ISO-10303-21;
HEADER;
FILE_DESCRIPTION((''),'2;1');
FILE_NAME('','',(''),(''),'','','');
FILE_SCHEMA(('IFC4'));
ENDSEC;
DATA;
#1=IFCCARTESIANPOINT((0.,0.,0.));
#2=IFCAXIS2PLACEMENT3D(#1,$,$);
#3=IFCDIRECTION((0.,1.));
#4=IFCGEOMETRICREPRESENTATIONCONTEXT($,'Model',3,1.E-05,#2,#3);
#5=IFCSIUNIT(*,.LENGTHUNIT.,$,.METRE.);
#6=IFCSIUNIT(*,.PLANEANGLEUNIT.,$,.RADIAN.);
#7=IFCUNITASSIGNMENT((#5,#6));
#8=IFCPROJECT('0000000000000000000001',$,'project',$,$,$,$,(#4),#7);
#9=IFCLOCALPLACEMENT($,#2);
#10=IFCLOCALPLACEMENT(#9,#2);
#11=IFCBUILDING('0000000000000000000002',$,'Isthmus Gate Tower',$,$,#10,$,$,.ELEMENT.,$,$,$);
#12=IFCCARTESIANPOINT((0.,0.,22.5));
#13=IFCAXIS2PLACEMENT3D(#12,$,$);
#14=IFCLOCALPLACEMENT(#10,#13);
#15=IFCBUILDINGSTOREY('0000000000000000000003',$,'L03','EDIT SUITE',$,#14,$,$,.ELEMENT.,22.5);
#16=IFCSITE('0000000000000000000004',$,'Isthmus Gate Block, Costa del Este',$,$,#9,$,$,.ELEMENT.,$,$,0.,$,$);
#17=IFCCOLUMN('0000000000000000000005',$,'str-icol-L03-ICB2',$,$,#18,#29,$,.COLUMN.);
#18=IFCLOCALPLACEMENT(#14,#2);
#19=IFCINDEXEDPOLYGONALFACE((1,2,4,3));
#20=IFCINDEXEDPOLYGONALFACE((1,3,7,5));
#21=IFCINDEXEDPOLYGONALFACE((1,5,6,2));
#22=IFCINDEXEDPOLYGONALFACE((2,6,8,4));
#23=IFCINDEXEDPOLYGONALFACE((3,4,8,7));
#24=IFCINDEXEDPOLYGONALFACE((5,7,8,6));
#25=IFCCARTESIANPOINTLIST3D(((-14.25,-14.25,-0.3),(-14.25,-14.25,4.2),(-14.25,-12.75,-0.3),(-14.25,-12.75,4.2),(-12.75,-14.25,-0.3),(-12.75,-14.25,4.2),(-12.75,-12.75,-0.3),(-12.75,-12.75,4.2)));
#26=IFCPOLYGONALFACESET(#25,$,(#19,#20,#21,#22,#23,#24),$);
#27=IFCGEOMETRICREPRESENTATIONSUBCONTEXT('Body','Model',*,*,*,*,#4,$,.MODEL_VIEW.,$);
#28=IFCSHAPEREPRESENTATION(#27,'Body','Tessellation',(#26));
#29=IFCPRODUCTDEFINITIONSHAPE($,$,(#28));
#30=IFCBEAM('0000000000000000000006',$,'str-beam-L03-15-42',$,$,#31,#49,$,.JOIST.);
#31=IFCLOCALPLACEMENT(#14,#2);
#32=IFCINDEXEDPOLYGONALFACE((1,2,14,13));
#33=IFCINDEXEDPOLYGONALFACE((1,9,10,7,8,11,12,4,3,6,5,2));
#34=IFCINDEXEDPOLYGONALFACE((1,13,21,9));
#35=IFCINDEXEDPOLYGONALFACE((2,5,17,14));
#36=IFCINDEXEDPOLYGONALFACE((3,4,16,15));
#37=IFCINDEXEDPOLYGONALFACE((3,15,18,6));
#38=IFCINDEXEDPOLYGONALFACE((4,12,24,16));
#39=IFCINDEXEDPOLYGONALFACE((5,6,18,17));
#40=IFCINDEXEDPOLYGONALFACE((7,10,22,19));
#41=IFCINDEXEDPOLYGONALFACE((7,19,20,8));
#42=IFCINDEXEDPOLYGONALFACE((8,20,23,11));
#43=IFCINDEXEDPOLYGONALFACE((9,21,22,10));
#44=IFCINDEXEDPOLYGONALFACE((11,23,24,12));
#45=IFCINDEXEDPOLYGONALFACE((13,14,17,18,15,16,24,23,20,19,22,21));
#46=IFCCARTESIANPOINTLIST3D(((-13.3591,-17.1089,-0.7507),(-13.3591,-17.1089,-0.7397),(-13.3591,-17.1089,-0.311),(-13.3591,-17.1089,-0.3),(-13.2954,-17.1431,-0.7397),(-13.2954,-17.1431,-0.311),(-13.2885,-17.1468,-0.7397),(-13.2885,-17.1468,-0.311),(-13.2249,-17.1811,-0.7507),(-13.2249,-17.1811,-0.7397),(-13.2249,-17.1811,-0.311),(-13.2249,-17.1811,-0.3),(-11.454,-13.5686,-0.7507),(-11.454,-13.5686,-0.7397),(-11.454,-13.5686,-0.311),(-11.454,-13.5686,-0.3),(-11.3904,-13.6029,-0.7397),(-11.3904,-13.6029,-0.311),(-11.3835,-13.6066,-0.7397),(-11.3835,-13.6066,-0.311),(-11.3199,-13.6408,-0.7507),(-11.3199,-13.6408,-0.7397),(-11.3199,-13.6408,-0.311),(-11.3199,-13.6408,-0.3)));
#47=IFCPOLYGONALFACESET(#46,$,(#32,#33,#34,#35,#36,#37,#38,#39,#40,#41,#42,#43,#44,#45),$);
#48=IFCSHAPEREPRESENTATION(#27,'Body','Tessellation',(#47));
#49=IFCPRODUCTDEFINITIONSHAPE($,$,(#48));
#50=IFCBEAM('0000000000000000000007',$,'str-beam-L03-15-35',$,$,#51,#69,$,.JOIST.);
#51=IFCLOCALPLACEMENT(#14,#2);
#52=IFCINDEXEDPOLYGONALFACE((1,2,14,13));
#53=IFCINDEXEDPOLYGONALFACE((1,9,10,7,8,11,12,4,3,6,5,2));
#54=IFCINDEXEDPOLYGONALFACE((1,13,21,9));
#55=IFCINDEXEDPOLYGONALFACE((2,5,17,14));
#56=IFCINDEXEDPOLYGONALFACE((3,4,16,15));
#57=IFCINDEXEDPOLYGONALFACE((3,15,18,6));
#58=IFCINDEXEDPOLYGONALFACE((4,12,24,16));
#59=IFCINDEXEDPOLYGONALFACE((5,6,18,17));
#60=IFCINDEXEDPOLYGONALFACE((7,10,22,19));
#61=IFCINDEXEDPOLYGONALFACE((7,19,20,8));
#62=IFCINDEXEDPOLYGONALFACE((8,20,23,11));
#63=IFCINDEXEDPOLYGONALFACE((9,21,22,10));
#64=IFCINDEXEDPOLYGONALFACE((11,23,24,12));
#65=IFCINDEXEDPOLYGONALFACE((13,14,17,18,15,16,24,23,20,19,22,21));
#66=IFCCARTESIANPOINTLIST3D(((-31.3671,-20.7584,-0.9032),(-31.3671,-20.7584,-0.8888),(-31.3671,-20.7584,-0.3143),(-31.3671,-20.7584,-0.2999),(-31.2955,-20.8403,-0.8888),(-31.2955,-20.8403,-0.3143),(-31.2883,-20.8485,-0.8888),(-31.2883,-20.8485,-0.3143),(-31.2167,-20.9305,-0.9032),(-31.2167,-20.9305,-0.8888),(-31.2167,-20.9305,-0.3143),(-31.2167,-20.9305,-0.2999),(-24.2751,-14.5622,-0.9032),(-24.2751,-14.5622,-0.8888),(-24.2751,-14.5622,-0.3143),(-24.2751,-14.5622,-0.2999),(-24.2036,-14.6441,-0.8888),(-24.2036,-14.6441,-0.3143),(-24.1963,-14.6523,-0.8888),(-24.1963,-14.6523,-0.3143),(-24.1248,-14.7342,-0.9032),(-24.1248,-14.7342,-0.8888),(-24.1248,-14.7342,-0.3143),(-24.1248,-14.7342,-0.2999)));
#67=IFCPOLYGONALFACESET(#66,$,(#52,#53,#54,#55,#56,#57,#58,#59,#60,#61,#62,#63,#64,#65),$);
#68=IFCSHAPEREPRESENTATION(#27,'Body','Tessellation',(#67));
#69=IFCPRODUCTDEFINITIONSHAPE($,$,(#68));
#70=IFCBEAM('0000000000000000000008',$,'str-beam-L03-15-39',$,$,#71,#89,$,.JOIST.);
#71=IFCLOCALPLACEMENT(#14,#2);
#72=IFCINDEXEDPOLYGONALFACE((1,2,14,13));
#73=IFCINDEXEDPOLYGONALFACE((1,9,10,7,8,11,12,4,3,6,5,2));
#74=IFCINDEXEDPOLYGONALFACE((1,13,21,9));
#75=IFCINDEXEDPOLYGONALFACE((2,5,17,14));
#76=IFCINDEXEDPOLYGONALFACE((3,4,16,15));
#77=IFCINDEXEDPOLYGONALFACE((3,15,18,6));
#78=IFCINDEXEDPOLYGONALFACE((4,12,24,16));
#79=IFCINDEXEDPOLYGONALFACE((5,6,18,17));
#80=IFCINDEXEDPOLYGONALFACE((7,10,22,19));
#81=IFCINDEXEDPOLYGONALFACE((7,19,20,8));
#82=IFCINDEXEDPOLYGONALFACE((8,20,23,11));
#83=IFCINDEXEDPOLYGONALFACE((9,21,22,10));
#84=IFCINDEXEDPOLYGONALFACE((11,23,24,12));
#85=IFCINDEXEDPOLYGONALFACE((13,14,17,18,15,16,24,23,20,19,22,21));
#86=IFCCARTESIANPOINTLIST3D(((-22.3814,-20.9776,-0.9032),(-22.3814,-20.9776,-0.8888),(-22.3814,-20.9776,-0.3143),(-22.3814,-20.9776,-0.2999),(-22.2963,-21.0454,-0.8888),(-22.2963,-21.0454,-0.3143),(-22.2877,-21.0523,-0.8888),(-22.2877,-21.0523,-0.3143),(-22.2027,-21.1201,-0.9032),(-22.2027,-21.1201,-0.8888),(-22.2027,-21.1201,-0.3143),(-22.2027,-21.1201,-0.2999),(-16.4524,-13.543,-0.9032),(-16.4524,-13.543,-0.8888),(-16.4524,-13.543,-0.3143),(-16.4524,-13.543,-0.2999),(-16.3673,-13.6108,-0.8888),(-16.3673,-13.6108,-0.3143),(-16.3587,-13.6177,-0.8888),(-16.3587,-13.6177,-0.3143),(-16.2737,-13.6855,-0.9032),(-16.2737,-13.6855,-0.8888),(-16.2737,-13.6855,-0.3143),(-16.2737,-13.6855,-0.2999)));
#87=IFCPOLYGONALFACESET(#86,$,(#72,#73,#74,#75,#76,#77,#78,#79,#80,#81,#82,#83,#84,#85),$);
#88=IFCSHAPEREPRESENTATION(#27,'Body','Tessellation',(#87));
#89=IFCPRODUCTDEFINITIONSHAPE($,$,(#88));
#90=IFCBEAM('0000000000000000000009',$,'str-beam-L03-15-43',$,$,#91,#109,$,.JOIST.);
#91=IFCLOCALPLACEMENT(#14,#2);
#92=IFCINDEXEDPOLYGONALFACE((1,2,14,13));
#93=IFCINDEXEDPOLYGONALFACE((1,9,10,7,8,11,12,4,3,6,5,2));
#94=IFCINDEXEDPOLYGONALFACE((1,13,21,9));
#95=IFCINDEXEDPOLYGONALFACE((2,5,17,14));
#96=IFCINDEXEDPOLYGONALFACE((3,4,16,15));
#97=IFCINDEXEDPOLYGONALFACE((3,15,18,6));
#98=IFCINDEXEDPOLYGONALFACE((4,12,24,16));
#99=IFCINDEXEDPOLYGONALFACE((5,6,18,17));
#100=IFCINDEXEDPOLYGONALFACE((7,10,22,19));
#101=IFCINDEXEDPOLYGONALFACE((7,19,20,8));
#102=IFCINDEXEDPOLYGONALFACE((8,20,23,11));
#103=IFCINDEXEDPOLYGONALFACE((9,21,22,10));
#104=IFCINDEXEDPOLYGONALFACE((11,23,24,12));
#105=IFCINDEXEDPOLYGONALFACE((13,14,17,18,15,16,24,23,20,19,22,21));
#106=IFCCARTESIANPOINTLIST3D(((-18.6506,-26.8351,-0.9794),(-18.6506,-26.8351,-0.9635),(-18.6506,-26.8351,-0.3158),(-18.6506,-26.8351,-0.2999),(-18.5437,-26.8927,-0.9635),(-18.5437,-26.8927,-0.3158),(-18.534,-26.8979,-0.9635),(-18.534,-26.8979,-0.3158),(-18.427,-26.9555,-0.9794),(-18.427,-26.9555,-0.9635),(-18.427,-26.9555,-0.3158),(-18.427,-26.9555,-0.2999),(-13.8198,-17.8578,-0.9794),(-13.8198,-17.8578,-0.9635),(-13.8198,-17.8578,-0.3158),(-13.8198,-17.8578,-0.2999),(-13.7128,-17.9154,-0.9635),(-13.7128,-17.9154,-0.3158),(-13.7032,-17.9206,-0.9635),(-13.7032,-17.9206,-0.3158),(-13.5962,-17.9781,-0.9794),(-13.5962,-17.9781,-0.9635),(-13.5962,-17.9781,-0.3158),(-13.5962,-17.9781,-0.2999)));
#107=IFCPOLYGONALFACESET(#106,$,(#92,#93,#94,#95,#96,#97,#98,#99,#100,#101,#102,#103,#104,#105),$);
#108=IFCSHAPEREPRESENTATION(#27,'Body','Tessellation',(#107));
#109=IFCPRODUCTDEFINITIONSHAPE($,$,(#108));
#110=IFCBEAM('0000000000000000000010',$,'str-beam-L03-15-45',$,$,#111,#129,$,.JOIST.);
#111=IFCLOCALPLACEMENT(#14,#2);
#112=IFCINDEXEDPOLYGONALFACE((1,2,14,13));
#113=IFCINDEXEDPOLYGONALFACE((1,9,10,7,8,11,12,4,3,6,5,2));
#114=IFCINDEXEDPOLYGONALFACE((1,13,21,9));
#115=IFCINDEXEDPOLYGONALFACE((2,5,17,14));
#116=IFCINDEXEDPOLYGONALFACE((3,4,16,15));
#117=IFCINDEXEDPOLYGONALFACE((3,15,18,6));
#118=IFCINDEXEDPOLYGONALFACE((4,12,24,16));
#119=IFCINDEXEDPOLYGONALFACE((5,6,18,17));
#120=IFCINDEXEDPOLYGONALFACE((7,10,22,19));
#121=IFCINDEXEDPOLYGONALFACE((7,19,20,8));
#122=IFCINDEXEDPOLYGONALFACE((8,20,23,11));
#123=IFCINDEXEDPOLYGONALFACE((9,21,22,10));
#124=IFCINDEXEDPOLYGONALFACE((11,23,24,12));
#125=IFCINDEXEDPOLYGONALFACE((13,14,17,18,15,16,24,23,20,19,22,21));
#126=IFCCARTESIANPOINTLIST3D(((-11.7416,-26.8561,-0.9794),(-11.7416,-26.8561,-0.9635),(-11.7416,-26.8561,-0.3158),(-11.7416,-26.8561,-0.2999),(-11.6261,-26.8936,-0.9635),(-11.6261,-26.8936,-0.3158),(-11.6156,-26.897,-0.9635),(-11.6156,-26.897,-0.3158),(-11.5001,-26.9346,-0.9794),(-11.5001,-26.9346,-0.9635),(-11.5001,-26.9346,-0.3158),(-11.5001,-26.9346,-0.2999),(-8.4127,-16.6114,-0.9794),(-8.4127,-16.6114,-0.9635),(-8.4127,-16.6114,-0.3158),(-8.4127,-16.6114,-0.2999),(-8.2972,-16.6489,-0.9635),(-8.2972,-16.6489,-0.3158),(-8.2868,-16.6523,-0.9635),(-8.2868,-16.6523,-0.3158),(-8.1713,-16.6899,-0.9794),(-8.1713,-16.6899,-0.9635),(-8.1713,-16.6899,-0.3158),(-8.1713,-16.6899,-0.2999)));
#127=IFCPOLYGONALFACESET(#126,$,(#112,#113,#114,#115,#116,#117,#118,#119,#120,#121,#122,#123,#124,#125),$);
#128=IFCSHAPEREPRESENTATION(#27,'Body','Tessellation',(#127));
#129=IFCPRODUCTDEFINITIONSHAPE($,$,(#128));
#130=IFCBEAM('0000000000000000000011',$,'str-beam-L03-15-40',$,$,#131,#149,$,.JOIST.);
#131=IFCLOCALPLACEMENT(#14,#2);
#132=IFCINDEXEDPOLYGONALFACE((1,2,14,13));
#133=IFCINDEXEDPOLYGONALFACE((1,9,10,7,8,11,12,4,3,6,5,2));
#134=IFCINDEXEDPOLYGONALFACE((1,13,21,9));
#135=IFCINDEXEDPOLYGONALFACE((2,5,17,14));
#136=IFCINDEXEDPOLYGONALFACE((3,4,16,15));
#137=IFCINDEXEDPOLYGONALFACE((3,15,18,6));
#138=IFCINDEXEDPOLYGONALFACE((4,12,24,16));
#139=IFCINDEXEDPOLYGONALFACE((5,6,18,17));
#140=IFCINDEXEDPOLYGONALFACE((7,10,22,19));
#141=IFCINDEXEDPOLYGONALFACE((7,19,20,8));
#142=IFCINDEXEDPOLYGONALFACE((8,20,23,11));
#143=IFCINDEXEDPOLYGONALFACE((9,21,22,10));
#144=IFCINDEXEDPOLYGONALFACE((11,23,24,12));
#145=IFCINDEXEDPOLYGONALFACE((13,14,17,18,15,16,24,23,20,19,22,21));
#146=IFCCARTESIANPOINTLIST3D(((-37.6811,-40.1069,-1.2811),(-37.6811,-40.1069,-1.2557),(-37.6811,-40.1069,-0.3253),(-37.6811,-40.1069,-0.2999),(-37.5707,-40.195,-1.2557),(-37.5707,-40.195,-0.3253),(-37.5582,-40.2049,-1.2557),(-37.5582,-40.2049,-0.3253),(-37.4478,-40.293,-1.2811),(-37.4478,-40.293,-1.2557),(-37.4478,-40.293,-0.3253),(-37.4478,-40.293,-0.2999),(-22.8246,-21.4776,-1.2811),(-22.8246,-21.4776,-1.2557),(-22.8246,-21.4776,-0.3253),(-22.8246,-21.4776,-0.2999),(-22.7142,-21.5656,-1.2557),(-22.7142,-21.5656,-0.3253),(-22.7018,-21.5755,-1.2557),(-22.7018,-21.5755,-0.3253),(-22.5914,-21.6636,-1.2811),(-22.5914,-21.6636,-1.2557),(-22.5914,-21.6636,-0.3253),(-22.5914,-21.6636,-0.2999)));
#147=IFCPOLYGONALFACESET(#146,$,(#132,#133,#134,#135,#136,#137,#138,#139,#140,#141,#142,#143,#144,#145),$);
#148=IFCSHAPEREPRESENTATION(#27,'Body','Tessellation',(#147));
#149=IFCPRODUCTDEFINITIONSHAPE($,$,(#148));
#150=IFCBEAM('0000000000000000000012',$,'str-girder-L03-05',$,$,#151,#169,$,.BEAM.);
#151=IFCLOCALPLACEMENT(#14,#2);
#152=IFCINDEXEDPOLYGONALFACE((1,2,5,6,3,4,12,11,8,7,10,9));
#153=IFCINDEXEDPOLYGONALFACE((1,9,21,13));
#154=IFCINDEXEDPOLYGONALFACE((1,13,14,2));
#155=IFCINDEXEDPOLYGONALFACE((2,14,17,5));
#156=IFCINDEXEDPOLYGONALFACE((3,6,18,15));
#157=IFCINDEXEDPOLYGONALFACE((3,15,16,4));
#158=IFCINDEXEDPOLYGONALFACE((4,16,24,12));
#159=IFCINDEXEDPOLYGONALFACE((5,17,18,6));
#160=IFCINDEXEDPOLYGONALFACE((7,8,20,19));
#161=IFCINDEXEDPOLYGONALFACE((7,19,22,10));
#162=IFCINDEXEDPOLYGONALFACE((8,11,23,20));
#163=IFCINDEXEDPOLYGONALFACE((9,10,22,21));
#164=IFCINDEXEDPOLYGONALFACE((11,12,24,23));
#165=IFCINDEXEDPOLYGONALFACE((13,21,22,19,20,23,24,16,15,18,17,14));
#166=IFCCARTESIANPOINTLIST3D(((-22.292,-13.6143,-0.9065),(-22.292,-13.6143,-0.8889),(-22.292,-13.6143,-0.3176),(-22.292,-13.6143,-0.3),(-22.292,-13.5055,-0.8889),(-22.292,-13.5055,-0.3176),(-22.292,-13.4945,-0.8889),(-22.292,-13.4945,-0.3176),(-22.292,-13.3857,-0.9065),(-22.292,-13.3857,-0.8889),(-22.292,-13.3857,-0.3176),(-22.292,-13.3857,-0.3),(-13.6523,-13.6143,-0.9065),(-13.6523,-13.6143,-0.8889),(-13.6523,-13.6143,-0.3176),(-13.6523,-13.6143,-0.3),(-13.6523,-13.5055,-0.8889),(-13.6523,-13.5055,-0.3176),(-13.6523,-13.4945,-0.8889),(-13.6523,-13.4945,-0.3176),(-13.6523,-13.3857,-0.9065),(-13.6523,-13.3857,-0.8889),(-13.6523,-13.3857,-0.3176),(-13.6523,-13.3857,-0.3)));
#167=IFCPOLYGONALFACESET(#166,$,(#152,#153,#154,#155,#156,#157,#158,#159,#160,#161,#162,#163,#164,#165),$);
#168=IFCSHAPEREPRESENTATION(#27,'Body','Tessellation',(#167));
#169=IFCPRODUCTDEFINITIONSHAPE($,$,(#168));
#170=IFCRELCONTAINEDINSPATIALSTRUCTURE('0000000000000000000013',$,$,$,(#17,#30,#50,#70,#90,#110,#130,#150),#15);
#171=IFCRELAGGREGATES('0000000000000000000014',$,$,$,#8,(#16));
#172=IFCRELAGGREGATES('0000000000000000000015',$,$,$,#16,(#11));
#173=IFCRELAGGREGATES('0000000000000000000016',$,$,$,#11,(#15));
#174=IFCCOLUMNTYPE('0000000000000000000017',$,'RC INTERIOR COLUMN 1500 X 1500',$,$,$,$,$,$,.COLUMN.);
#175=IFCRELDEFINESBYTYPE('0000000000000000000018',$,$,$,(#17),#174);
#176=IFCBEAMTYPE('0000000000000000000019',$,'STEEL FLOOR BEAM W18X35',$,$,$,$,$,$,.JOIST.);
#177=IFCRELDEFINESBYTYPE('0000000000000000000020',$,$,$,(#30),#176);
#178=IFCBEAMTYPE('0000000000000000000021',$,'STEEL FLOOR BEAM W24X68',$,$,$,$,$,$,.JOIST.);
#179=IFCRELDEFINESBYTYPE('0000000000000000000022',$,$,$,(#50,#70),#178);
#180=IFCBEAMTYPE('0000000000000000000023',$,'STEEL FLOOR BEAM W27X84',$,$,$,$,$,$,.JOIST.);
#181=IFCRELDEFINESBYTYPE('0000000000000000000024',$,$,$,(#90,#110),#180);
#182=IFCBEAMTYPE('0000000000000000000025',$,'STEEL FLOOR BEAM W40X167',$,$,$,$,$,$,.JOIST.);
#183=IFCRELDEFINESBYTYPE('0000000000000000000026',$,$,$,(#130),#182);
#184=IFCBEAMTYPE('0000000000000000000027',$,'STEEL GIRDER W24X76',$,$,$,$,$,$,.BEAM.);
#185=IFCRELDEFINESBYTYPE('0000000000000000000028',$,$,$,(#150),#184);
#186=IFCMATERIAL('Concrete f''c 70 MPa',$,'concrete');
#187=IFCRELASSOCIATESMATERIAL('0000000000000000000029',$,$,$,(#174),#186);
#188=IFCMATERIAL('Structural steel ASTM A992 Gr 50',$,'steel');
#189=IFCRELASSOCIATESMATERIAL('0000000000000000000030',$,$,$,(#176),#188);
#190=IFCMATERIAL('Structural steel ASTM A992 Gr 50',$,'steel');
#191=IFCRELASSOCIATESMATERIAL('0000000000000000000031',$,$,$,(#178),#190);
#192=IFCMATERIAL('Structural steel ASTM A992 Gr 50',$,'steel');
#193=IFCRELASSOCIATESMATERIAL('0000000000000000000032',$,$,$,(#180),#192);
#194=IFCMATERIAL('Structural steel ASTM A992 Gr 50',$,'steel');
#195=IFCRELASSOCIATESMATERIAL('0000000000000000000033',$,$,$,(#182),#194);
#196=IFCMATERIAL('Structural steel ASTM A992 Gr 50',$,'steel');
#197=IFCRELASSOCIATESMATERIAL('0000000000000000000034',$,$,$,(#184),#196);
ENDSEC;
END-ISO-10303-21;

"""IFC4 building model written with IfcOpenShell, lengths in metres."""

from ifc_helpers import new_model, si_unit, direction, frame, origin, origin_2d, place, context, subcontext, project, spatial, rectangle, i_section, extrude, material, material_profile, profile_set, type_object, element, save


model = new_model("IFC4")

# Units and contexts
model_context = context("Model", 3, precision=1e-05, world=origin(), true_north=direction((0.0, 1.0)))
body_context = subcontext(model_context, "Body", "Model", "MODEL_VIEW")
ifc_project = project(units=[si_unit("LENGTHUNIT", "METRE"), si_unit("PLANEANGLEUNIT", "RADIAN")], contexts=[model_context])

# Site, building, storey
site_placement = place(None, origin())
site = spatial("IfcSite", under=ifc_project, at=site_placement, Name="Isthmus Gate Block, Costa del Este", CompositionType="ELEMENT", RefElevation=0.0)
building_placement = place(site_placement, origin())
building = spatial("IfcBuilding", under=site, at=building_placement, Name="Isthmus Gate Tower", CompositionType="ELEMENT")
storey_placement = place(building_placement, frame((0.0, 0.0, 22.5)))
storey = spatial("IfcBuildingStorey", under=building, at=storey_placement, Name="L03", Description="EDIT SUITE", CompositionType="ELEMENT", Elevation=22.5)

# Column
ifc_material_1 = material(Name="Concrete f'c 70 MPa", Category="concrete")
ifc_material_profile_1 = material_profile(ifc_material_1, rectangle(XDim=1.5, YDim=1.5, at=origin_2d()), Name="RC 1500X1500")
ifc_profile_set_1 = profile_set([ifc_material_profile_1], Name="Concrete f'c 70 MPa")
column_type = type_object("IfcColumnType", Name="RC INTERIOR COLUMN 1500 X 1500", PredefinedType="COLUMN", material=ifc_profile_set_1)
column_placement = place(storey_placement, frame((-13.5, -13.5, -0.3), z_axis=(0.0, 0.0, 1.0), x_axis=(1.0, 0.0, 0.0)))
element("IfcColumn", 1, at=column_placement, inside=storey, type_object=column_type, Name="str-icol-L03-ICB2", PredefinedType="COLUMN", context=body_context, shape_type="SweptSolid", body=[
    extrude(rectangle(XDim=1.5, YDim=1.5, at=origin_2d()), origin(), (0.0, 0.0, 1.0), 4.5),
])

# Beams
ifc_material_2 = material(Name="Structural steel ASTM A992 Gr 50", Category="steel")
ifc_material_profile_2 = material_profile(ifc_material_2, i_section(OverallWidth=0.1523, OverallDepth=0.4507, WebThickness=0.0078, FlangeThickness=0.011, at=origin_2d()), Name="W18X35")
ifc_profile_set_2 = profile_set([ifc_material_profile_2], Name="Structural steel ASTM A992 Gr 50")
beam_type_1 = type_object("IfcBeamType", Name="STEEL FLOOR BEAM W18X35", PredefinedType="JOIST", material=ifc_profile_set_2)
beam_1_placement = place(storey_placement, frame((-11.387, -13.6047, -0.5254), z_axis=(-0.473854, -0.880604, 0.0), x_axis=(0.880604, -0.473854, 0.0)))
element("IfcBeam", 2, at=beam_1_placement, inside=storey, type_object=beam_type_1, Name="str-beam-L03-15-42", PredefinedType="JOIST", context=body_context, shape_type="SweptSolid", body=[
    extrude(i_section(OverallWidth=0.1523, OverallDepth=0.4507, WebThickness=0.0078, FlangeThickness=0.011, at=origin_2d()), origin(), (0.0, 0.0, 1.0), 4.0203),
])
ifc_material_3 = material(Name="Structural steel ASTM A992 Gr 50", Category="steel")
ifc_material_profile_3 = material_profile(ifc_material_3, i_section(OverallWidth=0.2285, OverallDepth=0.6033, WebThickness=0.011, FlangeThickness=0.0144, at=origin_2d()), Name="W24X68")
ifc_profile_set_3 = profile_set([ifc_material_profile_3], Name="Structural steel ASTM A992 Gr 50")
beam_type_2 = type_object("IfcBeamType", Name="STEEL FLOOR BEAM W24X68", PredefinedType="JOIST", material=ifc_profile_set_3)
beam_2_placement = place(storey_placement, frame((-24.2, -14.6482, -0.6016), z_axis=(-0.753063, -0.657948, 0.0), x_axis=(0.657948, -0.753063, 0.0)))
element("IfcBeam", 3, at=beam_2_placement, inside=storey, type_object=beam_type_2, Name="str-beam-L03-15-35", PredefinedType="JOIST", context=body_context, shape_type="SweptSolid", body=[
    extrude(i_section(OverallWidth=0.2285, OverallDepth=0.6033, WebThickness=0.011, FlangeThickness=0.0144, at=origin_2d()), origin(), (0.0, 0.0, 1.0), 9.4175),
])
beam_3_placement = place(storey_placement, frame((-16.363, -13.6143, -0.6016), z_axis=(-0.623495, -0.781827, 0.0), x_axis=(0.781827, -0.623495, 0.0)))
element("IfcBeam", 4, at=beam_3_placement, inside=storey, type_object=beam_type_2, Name="str-beam-L03-15-39", PredefinedType="JOIST", context=body_context, shape_type="SweptSolid", body=[
    extrude(i_section(OverallWidth=0.2285, OverallDepth=0.6033, WebThickness=0.011, FlangeThickness=0.0144, at=origin_2d()), origin(), (0.0, 0.0, 1.0), 9.5093),
])
ifc_material_4 = material(Name="Structural steel ASTM A992 Gr 50", Category="steel")
ifc_material_profile_4 = material_profile(ifc_material_4, i_section(OverallWidth=0.2539, OverallDepth=0.6794, WebThickness=0.011, FlangeThickness=0.0159, at=origin_2d()), Name="W27X84")
ifc_profile_set_4 = profile_set([ifc_material_profile_4], Name="Structural steel ASTM A992 Gr 50")
beam_type_3 = type_object("IfcBeamType", Name="STEEL FLOOR BEAM W27X84", PredefinedType="JOIST", material=ifc_profile_set_4)
beam_4_placement = place(storey_placement, frame((-13.708, -17.918, -0.6396), z_axis=(-0.473863, -0.880599, 0.0), x_axis=(0.880599, -0.473863, 0.0)))
element("IfcBeam", 5, at=beam_4_placement, inside=storey, type_object=beam_type_3, Name="str-beam-L03-15-43", PredefinedType="JOIST", context=body_context, shape_type="SweptSolid", body=[
    extrude(i_section(OverallWidth=0.2539, OverallDepth=0.6794, WebThickness=0.011, FlangeThickness=0.0159, at=origin_2d()), origin(), (0.0, 0.0, 1.0), 10.1946),
])
beam_5_placement = place(storey_placement, frame((-8.292, -16.6506, -0.6396), z_axis=(-0.309032, -0.951052, 0.0), x_axis=(0.951052, -0.309032, 0.0)))
element("IfcBeam", 6, at=beam_5_placement, inside=storey, type_object=beam_type_3, Name="str-beam-L03-15-45", PredefinedType="JOIST", context=body_context, shape_type="SweptSolid", body=[
    extrude(i_section(OverallWidth=0.2539, OverallDepth=0.6794, WebThickness=0.011, FlangeThickness=0.0159, at=origin_2d()), origin(), (0.0, 0.0, 1.0), 10.772),
])
ifc_material_5 = material(Name="Structural steel ASTM A992 Gr 50", Category="steel")
ifc_material_profile_5 = material_profile(ifc_material_5, i_section(OverallWidth=0.2983, OverallDepth=0.9812, WebThickness=0.0159, FlangeThickness=0.0254, at=origin_2d()), Name="W40X167")
ifc_profile_set_5 = profile_set([ifc_material_profile_5], Name="Structural steel ASTM A992 Gr 50")
beam_type_4 = type_object("IfcBeamType", Name="STEEL FLOOR BEAM W40X167", PredefinedType="JOIST", material=ifc_profile_set_5)
beam_6_placement = place(storey_placement, frame((-22.708, -21.5706, -0.7905), z_axis=(-0.62349, -0.781832, 0.0), x_axis=(0.781832, -0.62349, 0.0)))
element("IfcBeam", 7, at=beam_6_placement, inside=storey, type_object=beam_type_4, Name="str-beam-L03-15-40", PredefinedType="JOIST", context=body_context, shape_type="SweptSolid", body=[
    extrude(i_section(OverallWidth=0.2983, OverallDepth=0.9812, WebThickness=0.0159, FlangeThickness=0.0254, at=origin_2d()), origin(), (0.0, 0.0, 1.0), 23.8279),
])
ifc_material_6 = material(Name="Structural steel ASTM A992 Gr 50", Category="steel")
ifc_material_profile_6 = material_profile(ifc_material_6, i_section(OverallWidth=0.2285, OverallDepth=0.6064, WebThickness=0.011, FlangeThickness=0.0176, at=origin_2d()), Name="W24X76")
ifc_profile_set_6 = profile_set([ifc_material_profile_6], Name="Structural steel ASTM A992 Gr 50")
beam_type_5 = type_object("IfcBeamType", Name="STEEL GIRDER W24X76", PredefinedType="BEAM", material=ifc_profile_set_6)
beam_7_placement = place(storey_placement, frame((-22.292, -13.5, -0.6033), z_axis=(1.0, 0.0, 0.0), x_axis=(0.0, 1.0, 0.0)))
element("IfcBeam", 8, at=beam_7_placement, inside=storey, type_object=beam_type_5, Name="str-girder-L03-05", PredefinedType="BEAM", context=body_context, shape_type="SweptSolid", body=[
    extrude(i_section(OverallWidth=0.2285, OverallDepth=0.6064, WebThickness=0.011, FlangeThickness=0.0176, at=origin_2d()), origin(), (0.0, 0.0, 1.0), 8.6396),
])

save(model, "model.ifc")
